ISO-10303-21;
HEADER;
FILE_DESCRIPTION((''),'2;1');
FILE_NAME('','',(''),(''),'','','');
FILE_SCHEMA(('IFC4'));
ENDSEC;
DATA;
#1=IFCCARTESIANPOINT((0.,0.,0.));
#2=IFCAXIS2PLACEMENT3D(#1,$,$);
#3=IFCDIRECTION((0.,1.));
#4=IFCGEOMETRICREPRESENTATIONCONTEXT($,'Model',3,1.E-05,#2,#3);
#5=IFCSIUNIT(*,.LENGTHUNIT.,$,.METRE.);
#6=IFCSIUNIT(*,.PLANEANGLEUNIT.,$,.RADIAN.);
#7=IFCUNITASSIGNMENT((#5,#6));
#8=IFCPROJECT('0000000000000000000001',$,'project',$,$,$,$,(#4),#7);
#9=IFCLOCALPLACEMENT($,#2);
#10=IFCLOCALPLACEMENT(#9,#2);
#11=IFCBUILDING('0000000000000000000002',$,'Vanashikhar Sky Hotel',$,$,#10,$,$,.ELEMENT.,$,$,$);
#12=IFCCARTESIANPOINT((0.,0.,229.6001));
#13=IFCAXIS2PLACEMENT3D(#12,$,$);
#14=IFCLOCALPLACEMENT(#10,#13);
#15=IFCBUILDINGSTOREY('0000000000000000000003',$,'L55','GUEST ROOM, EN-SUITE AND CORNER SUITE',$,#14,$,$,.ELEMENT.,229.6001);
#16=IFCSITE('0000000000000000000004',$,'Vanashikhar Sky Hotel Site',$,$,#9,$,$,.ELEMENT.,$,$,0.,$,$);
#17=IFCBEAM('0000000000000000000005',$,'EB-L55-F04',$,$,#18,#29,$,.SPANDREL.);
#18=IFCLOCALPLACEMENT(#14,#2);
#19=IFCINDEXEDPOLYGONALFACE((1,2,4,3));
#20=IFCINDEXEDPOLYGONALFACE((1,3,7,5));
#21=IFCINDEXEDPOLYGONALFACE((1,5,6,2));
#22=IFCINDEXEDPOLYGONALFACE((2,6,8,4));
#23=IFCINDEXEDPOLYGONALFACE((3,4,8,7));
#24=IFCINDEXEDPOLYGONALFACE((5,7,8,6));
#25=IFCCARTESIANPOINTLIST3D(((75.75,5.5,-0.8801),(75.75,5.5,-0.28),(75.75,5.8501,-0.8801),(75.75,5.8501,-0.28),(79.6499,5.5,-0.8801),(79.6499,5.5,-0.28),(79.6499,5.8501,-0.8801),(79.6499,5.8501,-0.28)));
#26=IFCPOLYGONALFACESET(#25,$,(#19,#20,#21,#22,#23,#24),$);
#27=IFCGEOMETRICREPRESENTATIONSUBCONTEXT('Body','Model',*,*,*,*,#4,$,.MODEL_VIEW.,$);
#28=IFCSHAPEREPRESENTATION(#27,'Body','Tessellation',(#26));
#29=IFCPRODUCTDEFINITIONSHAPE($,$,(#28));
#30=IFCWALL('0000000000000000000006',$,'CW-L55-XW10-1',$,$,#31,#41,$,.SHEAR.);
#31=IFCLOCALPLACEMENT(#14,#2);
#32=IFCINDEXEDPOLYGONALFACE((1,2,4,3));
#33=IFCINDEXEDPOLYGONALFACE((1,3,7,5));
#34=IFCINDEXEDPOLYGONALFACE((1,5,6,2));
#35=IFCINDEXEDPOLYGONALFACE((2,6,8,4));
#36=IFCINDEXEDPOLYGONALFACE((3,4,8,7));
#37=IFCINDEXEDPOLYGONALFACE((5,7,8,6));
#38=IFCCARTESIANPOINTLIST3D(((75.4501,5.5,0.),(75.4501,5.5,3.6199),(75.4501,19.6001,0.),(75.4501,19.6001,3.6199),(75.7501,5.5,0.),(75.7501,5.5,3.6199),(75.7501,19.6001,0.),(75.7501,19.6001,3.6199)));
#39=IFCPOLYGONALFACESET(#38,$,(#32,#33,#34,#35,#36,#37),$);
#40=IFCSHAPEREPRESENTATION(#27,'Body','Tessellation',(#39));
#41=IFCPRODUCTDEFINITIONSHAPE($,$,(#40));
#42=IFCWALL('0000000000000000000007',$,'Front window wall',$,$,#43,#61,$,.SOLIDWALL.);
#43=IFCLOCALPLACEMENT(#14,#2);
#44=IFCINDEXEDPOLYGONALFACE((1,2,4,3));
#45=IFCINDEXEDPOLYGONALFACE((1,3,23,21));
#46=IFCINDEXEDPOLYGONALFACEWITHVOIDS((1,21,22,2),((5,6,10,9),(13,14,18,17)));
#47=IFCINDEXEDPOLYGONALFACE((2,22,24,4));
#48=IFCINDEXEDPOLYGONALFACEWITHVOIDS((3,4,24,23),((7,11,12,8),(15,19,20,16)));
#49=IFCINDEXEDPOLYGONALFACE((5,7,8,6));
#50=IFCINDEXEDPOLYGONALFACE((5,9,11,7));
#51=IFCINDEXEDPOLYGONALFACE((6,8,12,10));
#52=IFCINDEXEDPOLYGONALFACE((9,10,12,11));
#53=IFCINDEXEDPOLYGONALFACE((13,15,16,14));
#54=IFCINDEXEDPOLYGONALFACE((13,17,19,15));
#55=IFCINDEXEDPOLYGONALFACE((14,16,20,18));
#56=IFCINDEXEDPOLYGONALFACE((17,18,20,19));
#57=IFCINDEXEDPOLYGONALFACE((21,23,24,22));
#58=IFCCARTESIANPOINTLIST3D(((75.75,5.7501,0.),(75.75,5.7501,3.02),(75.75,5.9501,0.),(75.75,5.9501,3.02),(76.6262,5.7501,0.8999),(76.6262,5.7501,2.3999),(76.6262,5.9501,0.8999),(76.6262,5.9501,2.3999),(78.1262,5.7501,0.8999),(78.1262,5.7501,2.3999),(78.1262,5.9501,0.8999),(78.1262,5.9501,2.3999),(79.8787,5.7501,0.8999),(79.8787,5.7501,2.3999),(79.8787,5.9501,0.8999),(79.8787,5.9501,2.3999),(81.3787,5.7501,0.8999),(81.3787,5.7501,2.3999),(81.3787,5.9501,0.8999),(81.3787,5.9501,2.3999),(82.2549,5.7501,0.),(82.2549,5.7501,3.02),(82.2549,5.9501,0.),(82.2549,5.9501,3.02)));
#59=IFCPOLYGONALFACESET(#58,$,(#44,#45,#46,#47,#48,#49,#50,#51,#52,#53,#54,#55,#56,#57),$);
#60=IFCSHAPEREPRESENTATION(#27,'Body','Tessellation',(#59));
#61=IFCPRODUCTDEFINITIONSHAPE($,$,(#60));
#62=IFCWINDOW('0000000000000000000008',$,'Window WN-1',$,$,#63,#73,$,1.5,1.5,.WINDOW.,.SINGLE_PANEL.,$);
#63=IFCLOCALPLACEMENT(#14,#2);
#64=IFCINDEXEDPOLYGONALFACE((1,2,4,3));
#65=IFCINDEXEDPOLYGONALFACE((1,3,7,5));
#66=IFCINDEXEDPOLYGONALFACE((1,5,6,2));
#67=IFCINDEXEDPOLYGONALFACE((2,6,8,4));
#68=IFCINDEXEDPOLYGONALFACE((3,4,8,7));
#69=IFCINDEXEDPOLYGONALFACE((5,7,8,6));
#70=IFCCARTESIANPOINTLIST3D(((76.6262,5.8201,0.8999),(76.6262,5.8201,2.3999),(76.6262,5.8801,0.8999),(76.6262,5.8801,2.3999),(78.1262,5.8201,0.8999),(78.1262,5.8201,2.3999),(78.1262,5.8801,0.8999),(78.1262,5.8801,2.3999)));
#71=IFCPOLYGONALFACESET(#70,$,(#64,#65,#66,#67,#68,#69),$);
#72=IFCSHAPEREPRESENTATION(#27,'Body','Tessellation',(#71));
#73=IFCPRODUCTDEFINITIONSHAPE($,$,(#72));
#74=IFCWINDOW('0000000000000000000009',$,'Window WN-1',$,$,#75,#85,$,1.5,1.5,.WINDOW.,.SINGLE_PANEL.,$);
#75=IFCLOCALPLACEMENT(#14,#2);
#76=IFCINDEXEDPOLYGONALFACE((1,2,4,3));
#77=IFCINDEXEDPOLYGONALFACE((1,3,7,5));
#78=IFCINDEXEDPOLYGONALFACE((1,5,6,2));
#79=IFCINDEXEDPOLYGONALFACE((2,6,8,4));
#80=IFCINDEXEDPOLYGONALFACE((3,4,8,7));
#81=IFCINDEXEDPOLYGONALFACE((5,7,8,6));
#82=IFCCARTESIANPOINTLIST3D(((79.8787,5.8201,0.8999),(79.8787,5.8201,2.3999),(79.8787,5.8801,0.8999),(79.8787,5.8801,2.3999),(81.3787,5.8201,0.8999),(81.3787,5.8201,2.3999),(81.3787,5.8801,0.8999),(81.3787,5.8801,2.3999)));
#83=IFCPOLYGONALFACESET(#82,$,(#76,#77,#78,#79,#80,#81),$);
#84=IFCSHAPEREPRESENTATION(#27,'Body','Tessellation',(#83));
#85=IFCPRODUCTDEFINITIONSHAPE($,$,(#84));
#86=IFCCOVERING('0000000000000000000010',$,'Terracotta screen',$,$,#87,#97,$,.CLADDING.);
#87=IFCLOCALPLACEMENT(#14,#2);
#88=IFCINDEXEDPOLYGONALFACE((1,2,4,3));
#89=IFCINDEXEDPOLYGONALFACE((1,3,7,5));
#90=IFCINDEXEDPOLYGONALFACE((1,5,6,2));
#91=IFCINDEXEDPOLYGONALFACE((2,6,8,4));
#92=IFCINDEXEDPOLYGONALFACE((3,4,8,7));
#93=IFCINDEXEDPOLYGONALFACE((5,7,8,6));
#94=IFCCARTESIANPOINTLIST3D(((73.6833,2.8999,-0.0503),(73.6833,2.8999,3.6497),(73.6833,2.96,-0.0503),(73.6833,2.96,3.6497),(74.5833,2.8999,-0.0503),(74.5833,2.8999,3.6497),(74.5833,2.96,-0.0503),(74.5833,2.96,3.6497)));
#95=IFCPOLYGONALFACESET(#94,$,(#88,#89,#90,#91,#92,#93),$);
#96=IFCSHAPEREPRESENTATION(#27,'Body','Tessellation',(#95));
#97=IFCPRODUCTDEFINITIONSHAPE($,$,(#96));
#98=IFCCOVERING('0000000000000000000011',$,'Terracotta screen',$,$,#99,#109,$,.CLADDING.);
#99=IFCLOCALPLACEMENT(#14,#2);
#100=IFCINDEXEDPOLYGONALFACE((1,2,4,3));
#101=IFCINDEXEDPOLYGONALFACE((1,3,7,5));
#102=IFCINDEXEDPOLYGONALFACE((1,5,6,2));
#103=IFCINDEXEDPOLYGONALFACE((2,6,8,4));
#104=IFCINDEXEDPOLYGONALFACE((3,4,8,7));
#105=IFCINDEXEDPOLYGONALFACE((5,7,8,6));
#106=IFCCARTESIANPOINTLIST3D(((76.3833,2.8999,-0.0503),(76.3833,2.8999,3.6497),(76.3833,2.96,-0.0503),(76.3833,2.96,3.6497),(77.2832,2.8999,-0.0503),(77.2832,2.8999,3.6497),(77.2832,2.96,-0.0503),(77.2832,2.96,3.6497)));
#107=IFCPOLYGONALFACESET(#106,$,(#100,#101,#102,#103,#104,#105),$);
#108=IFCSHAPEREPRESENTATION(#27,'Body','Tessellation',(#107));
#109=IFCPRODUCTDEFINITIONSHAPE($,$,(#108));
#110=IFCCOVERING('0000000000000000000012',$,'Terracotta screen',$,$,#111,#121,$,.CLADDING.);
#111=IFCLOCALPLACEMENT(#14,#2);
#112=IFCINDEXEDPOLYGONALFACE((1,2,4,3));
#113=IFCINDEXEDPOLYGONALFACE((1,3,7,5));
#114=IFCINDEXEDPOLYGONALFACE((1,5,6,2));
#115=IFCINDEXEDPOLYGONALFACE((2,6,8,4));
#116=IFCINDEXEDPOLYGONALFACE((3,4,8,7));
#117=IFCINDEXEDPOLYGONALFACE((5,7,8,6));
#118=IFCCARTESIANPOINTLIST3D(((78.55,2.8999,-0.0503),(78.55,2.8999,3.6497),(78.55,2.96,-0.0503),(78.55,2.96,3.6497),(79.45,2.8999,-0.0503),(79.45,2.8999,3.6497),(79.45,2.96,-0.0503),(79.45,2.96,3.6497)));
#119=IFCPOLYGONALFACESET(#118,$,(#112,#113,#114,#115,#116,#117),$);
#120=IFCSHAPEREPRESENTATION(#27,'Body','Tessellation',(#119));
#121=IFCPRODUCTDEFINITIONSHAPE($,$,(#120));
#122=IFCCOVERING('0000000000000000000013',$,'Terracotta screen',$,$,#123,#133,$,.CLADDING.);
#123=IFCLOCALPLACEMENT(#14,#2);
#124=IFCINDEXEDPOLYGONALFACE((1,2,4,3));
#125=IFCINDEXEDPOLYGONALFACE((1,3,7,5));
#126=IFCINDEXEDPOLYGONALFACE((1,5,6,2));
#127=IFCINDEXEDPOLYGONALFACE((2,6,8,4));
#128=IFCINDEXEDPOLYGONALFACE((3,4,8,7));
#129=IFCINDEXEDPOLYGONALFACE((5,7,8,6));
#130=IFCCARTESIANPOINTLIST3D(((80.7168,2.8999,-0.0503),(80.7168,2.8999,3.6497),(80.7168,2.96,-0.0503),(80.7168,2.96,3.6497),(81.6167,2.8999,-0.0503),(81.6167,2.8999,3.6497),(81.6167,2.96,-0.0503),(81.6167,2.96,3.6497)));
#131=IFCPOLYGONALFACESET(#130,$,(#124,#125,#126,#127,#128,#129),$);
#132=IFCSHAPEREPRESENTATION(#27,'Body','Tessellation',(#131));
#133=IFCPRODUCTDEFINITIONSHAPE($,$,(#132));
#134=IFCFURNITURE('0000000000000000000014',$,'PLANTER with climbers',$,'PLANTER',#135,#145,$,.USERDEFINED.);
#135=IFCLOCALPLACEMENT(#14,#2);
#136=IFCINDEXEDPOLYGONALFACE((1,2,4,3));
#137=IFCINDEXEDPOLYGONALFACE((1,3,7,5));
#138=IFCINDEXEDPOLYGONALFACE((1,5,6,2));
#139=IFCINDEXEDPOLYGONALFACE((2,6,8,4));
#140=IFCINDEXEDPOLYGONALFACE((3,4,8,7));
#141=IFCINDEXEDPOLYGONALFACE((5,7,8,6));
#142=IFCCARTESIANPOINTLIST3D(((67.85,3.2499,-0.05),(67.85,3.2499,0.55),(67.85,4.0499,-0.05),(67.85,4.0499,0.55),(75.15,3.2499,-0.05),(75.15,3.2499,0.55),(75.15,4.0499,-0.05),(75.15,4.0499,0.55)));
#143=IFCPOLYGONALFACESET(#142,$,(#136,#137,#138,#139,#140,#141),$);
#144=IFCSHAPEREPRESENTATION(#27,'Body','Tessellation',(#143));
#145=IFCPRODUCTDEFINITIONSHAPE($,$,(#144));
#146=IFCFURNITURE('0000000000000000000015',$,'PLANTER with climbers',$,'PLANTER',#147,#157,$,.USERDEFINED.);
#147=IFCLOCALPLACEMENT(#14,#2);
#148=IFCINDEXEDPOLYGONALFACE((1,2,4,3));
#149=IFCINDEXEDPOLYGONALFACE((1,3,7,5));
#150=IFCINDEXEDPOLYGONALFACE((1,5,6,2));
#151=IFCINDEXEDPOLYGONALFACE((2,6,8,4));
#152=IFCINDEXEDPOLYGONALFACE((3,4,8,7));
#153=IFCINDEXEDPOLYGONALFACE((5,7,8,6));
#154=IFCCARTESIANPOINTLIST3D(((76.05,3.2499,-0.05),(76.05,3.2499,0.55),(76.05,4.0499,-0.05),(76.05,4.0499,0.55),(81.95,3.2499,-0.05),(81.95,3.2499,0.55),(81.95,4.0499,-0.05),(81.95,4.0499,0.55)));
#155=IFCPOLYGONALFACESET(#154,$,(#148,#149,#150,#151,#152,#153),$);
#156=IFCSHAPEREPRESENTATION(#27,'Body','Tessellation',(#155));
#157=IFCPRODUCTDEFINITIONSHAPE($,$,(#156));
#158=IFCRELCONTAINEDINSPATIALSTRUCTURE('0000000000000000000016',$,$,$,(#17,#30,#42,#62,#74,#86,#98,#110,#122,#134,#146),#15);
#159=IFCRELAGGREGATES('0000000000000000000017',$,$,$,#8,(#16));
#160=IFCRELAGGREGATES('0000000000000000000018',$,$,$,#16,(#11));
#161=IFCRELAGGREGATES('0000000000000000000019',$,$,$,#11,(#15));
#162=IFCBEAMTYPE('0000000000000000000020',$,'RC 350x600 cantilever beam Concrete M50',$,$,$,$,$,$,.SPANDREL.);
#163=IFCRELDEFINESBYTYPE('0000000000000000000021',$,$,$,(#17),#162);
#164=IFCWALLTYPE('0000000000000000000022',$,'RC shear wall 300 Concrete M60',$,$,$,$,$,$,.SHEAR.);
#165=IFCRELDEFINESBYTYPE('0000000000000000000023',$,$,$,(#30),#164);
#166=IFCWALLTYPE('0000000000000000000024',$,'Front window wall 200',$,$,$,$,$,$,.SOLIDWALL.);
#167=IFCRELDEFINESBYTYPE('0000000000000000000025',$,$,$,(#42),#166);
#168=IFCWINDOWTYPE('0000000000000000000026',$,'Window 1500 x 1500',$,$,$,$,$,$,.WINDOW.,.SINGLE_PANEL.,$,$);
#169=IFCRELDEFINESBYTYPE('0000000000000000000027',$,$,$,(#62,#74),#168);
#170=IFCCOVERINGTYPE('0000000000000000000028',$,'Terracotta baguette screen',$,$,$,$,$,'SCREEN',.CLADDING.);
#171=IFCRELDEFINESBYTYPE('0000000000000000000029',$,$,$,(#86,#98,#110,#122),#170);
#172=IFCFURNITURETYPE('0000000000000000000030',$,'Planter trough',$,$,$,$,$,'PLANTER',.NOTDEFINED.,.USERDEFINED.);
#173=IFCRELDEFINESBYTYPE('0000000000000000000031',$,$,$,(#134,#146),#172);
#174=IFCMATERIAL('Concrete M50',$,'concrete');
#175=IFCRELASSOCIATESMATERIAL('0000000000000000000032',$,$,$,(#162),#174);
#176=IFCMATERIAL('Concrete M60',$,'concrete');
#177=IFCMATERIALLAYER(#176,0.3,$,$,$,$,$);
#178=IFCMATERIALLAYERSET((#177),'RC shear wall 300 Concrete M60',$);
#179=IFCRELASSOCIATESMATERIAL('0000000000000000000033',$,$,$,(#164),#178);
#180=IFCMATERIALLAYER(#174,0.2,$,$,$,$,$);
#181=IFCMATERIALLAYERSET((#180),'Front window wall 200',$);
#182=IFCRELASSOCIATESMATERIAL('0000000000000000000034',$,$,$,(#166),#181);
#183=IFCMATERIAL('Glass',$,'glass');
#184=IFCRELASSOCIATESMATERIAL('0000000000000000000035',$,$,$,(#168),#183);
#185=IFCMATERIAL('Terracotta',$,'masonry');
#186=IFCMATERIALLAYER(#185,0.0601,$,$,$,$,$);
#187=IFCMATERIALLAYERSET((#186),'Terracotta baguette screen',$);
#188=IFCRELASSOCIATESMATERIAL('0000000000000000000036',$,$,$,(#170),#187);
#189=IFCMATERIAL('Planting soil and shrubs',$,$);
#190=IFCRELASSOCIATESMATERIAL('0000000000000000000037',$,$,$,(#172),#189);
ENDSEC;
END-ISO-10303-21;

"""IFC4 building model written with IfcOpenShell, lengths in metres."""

from ifc_helpers import new_model, si_unit, direction, frame, frame_2d, origin, origin_2d, place, context, subcontext, project, spatial, rectangle, extrude, source, transform, mapped, material, layer, layer_set, material_profile, profile_set, type_object, element, fill, save


model = new_model("IFC4")

# Units and contexts
model_context = context("Model", 3, precision=1e-05, world=origin(), true_north=direction((0.0, 1.0)))
body_context = subcontext(model_context, "Body", "Model", "MODEL_VIEW")
ifc_project = project(units=[si_unit("LENGTHUNIT", "METRE"), si_unit("PLANEANGLEUNIT", "RADIAN")], contexts=[model_context])

# Site, building, storey
site_placement = place(None, origin())
site = spatial("IfcSite", under=ifc_project, at=site_placement, Name="Vanashikhar Sky Hotel Site", CompositionType="ELEMENT", RefElevation=0.0)
building_placement = place(site_placement, origin())
building = spatial("IfcBuilding", under=site, at=building_placement, Name="Vanashikhar Sky Hotel", CompositionType="ELEMENT")
storey_placement = place(building_placement, frame((0.0, 0.0, 229.6001)))
storey = spatial("IfcBuildingStorey", under=building, at=storey_placement, Name="L55", Description="GUEST ROOM, EN-SUITE AND CORNER SUITE", CompositionType="ELEMENT", Elevation=229.6001)

# Beam
ifc_material_1 = material(Name="Concrete M50", Category="concrete")
ifc_material_profile = material_profile(ifc_material_1, rectangle(XDim=0.3501, YDim=0.6001, at=origin_2d()))
ifc_profile_set = profile_set([ifc_material_profile], Name="RC 350x600 cantilever beam Concrete M50")
beam_type = type_object("IfcBeamType", Name="RC 350x600 cantilever beam Concrete M50", PredefinedType="SPANDREL", material=ifc_profile_set)
shared_shape_1 = source(origin(), body_context, "Body", "SweptSolid", [
    extrude(rectangle(XDim=0.3501, YDim=0.6001, at=origin_2d()), origin(), (0.0, 0.0, 1.0), 3.8999),
])
beam_placement = place(storey_placement, frame((75.75, 5.675, -0.5801), z_axis=(1.0, 0.0, 0.0), x_axis=(0.0, 1.0, 0.0)))
element("IfcBeam", 1, at=beam_placement, inside=storey, type_object=beam_type, Name="EB-L55-F04", PredefinedType="SPANDREL", context=body_context, shape_type="MappedRepresentation", body=[
    mapped(shared_shape_1, transform((0.0, 0.0, 0.0), scale=1.0)),
])

# Wall
ifc_material_2 = material(Name="Concrete M60", Category="concrete")
ifc_layer_1 = layer(ifc_material_2, 0.3)
ifc_layer_set_1 = layer_set([ifc_layer_1], Name="RC shear wall 300 Concrete M60")
wall_type_1 = type_object("IfcWallType", Name="RC shear wall 300 Concrete M60", PredefinedType="SHEAR", material=ifc_layer_set_1)
shared_shape_2 = source(origin(), body_context, "Body", "SweptSolid", [
    extrude(rectangle(XDim=14.1001, YDim=0.3, at=frame_2d((7.05, 0.0))), origin(), (0.0, 0.0, 1.0), 3.6199),
])
wall_1_placement = place(storey_placement, frame((75.6001, 5.5, 0.0), z_axis=(0.0, 0.0, 1.0), x_axis=(0.0, 1.0, 0.0)))
element("IfcWall", 2, at=wall_1_placement, inside=storey, type_object=wall_type_1, Name="CW-L55-XW10-1", PredefinedType="SHEAR", context=body_context, shape_type="MappedRepresentation", body=[
    mapped(shared_shape_2, transform((0.0, 0.0, 0.0), scale=1.0)),
])

# Wall, openings, windows
ifc_layer_2 = layer(ifc_material_1, 0.2)
ifc_layer_set_2 = layer_set([ifc_layer_2], Name="Front window wall 200")
wall_type_2 = type_object("IfcWallType", Name="Front window wall 200", PredefinedType="SOLIDWALL", material=ifc_layer_set_2)
shared_shape_3 = source(origin(), body_context, "Body", "SweptSolid", [
    extrude(rectangle(XDim=6.5049, YDim=0.2, at=frame_2d((3.2524, 0.0))), origin(), (0.0, 0.0, 1.0), 3.02),
])
wall_2_placement = place(storey_placement, frame((75.75, 5.8501, 0.0), z_axis=(0.0, 0.0, 1.0), x_axis=(1.0, 0.0, 0.0)))
wall_2 = element("IfcWall", 3, at=wall_2_placement, inside=storey, type_object=wall_type_2, Name="Front window wall", PredefinedType="SOLIDWALL", context=body_context, shape_type="MappedRepresentation", body=[
    mapped(shared_shape_3, transform((0.0, 0.0, 0.0), scale=1.0)),
])
shared_shape_4 = source(origin(), body_context, "Body", "SweptSolid", [
    extrude(rectangle(XDim=1.5, YDim=1.5, at=frame_2d((0.75, 0.75))), frame((0.0, 0.1099, 0.0), z_axis=(0.0, -1.0, 0.0), x_axis=(1.0, 0.0, 0.0)), (0.0, 0.0, 1.0), 0.22),
])
opening_1_placement = place(wall_2_placement, frame((0.8762, 0.0, 0.8999)))
opening_1 = element("IfcOpeningElement", 4, at=opening_1_placement, cuts=wall_2, PredefinedType="OPENING", context=body_context, shape_type="MappedRepresentation", body=[
    mapped(shared_shape_4, transform((0.0, 0.0, 0.0), scale=1.0)),
])
opening_2_placement = place(wall_2_placement, frame((4.1287, 0.0, 0.8999)))
opening_2 = element("IfcOpeningElement", 5, at=opening_2_placement, cuts=wall_2, PredefinedType="OPENING", context=body_context, shape_type="MappedRepresentation", body=[
    mapped(shared_shape_4, transform((0.0, 0.0, 0.0), scale=1.0)),
])
ifc_material_3 = material(Name="Glass", Category="glass")
window_type = type_object("IfcWindowType", Name="Window 1500 x 1500", PartitioningType="SINGLE_PANEL", PredefinedType="WINDOW", material=ifc_material_3)
shared_shape_5 = source(origin(), body_context, "Body", "SweptSolid", [
    extrude(rectangle(XDim=1.5, YDim=1.5, at=frame_2d((0.75, 0.75))), frame((0.0, 0.03, 0.0), z_axis=(0.0, -1.0, 0.0), x_axis=(1.0, 0.0, 0.0)), (0.0, 0.0, 1.0), 0.0601),
])
window_1_placement = place(opening_1_placement, origin())
window_1 = element("IfcWindow", 6, at=window_1_placement, inside=storey, type_object=window_type, Name="Window WN-1", OverallHeight=1.5, OverallWidth=1.5, PartitioningType="SINGLE_PANEL", PredefinedType="WINDOW", context=body_context, shape_type="MappedRepresentation", body=[
    mapped(shared_shape_5, transform((0.0, 0.0, 0.0), scale=1.0)),
])
fill(opening_1, window_1)
window_2_placement = place(opening_2_placement, origin())
window_2 = element("IfcWindow", 7, at=window_2_placement, inside=storey, type_object=window_type, Name="Window WN-1", OverallHeight=1.5, OverallWidth=1.5, PartitioningType="SINGLE_PANEL", PredefinedType="WINDOW", context=body_context, shape_type="MappedRepresentation", body=[
    mapped(shared_shape_5, transform((0.0, 0.0, 0.0), scale=1.0)),
])
fill(opening_2, window_2)

# Coverings
ifc_material_4 = material(Name="Terracotta", Category="masonry")
ifc_layer_3 = layer(ifc_material_4, 0.0601)
ifc_layer_set_3 = layer_set([ifc_layer_3], Name="Terracotta baguette screen")
covering_type = type_object("IfcCoveringType", Name="Terracotta baguette screen", ElementType="SCREEN", PredefinedType="CLADDING", material=ifc_layer_set_3)
shared_shape_6 = source(origin(), body_context, "Body", "SweptSolid", [
    extrude(rectangle(XDim=0.8999, YDim=0.0601, at=origin_2d()), origin(), (0.0, 0.0, 1.0), 3.7),
])
for number, where, z_axis, x_axis, name in (
    (8, (74.1333, 2.9299, -0.0503), (0.0, 0.0, 1.0), (1.0, 0.0, 0.0), "Terracotta screen"),
    (9, (76.8333, 2.9299, -0.0503), (0.0, 0.0, 1.0), (1.0, 0.0, 0.0), "Terracotta screen"),
    (10, (79.0, 2.9299, -0.0503), (0.0, 0.0, 1.0), (1.0, 0.0, 0.0), "Terracotta screen"),
    (11, (81.1667, 2.9299, -0.0503), (0.0, 0.0, 1.0), (1.0, 0.0, 0.0), "Terracotta screen"),
):
    element("IfcCovering", number, at=place(storey_placement, frame(where, z_axis=z_axis, x_axis=x_axis)), inside=storey, type_object=covering_type, Name=name, PredefinedType="CLADDING", context=body_context, shape_type="MappedRepresentation", body=[
        mapped(shared_shape_6, transform((0.0, 0.0, 0.0), scale=1.0)),
    ])

# Furniture
ifc_material_5 = material(Name="Planting soil and shrubs")
furniture_type = type_object("IfcFurnitureType", Name="Planter trough", ElementType="PLANTER", AssemblyPlace="NOTDEFINED", PredefinedType="USERDEFINED", material=ifc_material_5)
shared_shape_7 = source(origin(), body_context, "Body", "SweptSolid", [
    extrude(rectangle(XDim=7.3, YDim=0.8, at=origin_2d()), origin(), (0.0, 0.0, 1.0), 0.6001),
])
furniture_1_placement = place(storey_placement, frame((71.5, 3.6499, -0.05), z_axis=(0.0, 0.0, 1.0), x_axis=(1.0, 0.0, 0.0)))
element("IfcFurniture", 12, at=furniture_1_placement, inside=storey, type_object=furniture_type, Name="PLANTER with climbers", ObjectType="PLANTER", PredefinedType="USERDEFINED", context=body_context, shape_type="MappedRepresentation", body=[
    mapped(shared_shape_7, transform((0.0, 0.0, 0.0), scale=1.0)),
])
shared_shape_8 = source(origin(), body_context, "Body", "SweptSolid", [
    extrude(rectangle(XDim=5.8999, YDim=0.8, at=origin_2d()), origin(), (0.0, 0.0, 1.0), 0.6001),
])
furniture_2_placement = place(storey_placement, frame((79.0, 3.6499, -0.05), z_axis=(0.0, 0.0, 1.0), x_axis=(1.0, 0.0, 0.0)))
element("IfcFurniture", 13, at=furniture_2_placement, inside=storey, type_object=furniture_type, Name="PLANTER with climbers", ObjectType="PLANTER", PredefinedType="USERDEFINED", context=body_context, shape_type="MappedRepresentation", body=[
    mapped(shared_shape_8, transform((0.0, 0.0, 0.0), scale=1.0)),
])

save(model, "model.ifc")
